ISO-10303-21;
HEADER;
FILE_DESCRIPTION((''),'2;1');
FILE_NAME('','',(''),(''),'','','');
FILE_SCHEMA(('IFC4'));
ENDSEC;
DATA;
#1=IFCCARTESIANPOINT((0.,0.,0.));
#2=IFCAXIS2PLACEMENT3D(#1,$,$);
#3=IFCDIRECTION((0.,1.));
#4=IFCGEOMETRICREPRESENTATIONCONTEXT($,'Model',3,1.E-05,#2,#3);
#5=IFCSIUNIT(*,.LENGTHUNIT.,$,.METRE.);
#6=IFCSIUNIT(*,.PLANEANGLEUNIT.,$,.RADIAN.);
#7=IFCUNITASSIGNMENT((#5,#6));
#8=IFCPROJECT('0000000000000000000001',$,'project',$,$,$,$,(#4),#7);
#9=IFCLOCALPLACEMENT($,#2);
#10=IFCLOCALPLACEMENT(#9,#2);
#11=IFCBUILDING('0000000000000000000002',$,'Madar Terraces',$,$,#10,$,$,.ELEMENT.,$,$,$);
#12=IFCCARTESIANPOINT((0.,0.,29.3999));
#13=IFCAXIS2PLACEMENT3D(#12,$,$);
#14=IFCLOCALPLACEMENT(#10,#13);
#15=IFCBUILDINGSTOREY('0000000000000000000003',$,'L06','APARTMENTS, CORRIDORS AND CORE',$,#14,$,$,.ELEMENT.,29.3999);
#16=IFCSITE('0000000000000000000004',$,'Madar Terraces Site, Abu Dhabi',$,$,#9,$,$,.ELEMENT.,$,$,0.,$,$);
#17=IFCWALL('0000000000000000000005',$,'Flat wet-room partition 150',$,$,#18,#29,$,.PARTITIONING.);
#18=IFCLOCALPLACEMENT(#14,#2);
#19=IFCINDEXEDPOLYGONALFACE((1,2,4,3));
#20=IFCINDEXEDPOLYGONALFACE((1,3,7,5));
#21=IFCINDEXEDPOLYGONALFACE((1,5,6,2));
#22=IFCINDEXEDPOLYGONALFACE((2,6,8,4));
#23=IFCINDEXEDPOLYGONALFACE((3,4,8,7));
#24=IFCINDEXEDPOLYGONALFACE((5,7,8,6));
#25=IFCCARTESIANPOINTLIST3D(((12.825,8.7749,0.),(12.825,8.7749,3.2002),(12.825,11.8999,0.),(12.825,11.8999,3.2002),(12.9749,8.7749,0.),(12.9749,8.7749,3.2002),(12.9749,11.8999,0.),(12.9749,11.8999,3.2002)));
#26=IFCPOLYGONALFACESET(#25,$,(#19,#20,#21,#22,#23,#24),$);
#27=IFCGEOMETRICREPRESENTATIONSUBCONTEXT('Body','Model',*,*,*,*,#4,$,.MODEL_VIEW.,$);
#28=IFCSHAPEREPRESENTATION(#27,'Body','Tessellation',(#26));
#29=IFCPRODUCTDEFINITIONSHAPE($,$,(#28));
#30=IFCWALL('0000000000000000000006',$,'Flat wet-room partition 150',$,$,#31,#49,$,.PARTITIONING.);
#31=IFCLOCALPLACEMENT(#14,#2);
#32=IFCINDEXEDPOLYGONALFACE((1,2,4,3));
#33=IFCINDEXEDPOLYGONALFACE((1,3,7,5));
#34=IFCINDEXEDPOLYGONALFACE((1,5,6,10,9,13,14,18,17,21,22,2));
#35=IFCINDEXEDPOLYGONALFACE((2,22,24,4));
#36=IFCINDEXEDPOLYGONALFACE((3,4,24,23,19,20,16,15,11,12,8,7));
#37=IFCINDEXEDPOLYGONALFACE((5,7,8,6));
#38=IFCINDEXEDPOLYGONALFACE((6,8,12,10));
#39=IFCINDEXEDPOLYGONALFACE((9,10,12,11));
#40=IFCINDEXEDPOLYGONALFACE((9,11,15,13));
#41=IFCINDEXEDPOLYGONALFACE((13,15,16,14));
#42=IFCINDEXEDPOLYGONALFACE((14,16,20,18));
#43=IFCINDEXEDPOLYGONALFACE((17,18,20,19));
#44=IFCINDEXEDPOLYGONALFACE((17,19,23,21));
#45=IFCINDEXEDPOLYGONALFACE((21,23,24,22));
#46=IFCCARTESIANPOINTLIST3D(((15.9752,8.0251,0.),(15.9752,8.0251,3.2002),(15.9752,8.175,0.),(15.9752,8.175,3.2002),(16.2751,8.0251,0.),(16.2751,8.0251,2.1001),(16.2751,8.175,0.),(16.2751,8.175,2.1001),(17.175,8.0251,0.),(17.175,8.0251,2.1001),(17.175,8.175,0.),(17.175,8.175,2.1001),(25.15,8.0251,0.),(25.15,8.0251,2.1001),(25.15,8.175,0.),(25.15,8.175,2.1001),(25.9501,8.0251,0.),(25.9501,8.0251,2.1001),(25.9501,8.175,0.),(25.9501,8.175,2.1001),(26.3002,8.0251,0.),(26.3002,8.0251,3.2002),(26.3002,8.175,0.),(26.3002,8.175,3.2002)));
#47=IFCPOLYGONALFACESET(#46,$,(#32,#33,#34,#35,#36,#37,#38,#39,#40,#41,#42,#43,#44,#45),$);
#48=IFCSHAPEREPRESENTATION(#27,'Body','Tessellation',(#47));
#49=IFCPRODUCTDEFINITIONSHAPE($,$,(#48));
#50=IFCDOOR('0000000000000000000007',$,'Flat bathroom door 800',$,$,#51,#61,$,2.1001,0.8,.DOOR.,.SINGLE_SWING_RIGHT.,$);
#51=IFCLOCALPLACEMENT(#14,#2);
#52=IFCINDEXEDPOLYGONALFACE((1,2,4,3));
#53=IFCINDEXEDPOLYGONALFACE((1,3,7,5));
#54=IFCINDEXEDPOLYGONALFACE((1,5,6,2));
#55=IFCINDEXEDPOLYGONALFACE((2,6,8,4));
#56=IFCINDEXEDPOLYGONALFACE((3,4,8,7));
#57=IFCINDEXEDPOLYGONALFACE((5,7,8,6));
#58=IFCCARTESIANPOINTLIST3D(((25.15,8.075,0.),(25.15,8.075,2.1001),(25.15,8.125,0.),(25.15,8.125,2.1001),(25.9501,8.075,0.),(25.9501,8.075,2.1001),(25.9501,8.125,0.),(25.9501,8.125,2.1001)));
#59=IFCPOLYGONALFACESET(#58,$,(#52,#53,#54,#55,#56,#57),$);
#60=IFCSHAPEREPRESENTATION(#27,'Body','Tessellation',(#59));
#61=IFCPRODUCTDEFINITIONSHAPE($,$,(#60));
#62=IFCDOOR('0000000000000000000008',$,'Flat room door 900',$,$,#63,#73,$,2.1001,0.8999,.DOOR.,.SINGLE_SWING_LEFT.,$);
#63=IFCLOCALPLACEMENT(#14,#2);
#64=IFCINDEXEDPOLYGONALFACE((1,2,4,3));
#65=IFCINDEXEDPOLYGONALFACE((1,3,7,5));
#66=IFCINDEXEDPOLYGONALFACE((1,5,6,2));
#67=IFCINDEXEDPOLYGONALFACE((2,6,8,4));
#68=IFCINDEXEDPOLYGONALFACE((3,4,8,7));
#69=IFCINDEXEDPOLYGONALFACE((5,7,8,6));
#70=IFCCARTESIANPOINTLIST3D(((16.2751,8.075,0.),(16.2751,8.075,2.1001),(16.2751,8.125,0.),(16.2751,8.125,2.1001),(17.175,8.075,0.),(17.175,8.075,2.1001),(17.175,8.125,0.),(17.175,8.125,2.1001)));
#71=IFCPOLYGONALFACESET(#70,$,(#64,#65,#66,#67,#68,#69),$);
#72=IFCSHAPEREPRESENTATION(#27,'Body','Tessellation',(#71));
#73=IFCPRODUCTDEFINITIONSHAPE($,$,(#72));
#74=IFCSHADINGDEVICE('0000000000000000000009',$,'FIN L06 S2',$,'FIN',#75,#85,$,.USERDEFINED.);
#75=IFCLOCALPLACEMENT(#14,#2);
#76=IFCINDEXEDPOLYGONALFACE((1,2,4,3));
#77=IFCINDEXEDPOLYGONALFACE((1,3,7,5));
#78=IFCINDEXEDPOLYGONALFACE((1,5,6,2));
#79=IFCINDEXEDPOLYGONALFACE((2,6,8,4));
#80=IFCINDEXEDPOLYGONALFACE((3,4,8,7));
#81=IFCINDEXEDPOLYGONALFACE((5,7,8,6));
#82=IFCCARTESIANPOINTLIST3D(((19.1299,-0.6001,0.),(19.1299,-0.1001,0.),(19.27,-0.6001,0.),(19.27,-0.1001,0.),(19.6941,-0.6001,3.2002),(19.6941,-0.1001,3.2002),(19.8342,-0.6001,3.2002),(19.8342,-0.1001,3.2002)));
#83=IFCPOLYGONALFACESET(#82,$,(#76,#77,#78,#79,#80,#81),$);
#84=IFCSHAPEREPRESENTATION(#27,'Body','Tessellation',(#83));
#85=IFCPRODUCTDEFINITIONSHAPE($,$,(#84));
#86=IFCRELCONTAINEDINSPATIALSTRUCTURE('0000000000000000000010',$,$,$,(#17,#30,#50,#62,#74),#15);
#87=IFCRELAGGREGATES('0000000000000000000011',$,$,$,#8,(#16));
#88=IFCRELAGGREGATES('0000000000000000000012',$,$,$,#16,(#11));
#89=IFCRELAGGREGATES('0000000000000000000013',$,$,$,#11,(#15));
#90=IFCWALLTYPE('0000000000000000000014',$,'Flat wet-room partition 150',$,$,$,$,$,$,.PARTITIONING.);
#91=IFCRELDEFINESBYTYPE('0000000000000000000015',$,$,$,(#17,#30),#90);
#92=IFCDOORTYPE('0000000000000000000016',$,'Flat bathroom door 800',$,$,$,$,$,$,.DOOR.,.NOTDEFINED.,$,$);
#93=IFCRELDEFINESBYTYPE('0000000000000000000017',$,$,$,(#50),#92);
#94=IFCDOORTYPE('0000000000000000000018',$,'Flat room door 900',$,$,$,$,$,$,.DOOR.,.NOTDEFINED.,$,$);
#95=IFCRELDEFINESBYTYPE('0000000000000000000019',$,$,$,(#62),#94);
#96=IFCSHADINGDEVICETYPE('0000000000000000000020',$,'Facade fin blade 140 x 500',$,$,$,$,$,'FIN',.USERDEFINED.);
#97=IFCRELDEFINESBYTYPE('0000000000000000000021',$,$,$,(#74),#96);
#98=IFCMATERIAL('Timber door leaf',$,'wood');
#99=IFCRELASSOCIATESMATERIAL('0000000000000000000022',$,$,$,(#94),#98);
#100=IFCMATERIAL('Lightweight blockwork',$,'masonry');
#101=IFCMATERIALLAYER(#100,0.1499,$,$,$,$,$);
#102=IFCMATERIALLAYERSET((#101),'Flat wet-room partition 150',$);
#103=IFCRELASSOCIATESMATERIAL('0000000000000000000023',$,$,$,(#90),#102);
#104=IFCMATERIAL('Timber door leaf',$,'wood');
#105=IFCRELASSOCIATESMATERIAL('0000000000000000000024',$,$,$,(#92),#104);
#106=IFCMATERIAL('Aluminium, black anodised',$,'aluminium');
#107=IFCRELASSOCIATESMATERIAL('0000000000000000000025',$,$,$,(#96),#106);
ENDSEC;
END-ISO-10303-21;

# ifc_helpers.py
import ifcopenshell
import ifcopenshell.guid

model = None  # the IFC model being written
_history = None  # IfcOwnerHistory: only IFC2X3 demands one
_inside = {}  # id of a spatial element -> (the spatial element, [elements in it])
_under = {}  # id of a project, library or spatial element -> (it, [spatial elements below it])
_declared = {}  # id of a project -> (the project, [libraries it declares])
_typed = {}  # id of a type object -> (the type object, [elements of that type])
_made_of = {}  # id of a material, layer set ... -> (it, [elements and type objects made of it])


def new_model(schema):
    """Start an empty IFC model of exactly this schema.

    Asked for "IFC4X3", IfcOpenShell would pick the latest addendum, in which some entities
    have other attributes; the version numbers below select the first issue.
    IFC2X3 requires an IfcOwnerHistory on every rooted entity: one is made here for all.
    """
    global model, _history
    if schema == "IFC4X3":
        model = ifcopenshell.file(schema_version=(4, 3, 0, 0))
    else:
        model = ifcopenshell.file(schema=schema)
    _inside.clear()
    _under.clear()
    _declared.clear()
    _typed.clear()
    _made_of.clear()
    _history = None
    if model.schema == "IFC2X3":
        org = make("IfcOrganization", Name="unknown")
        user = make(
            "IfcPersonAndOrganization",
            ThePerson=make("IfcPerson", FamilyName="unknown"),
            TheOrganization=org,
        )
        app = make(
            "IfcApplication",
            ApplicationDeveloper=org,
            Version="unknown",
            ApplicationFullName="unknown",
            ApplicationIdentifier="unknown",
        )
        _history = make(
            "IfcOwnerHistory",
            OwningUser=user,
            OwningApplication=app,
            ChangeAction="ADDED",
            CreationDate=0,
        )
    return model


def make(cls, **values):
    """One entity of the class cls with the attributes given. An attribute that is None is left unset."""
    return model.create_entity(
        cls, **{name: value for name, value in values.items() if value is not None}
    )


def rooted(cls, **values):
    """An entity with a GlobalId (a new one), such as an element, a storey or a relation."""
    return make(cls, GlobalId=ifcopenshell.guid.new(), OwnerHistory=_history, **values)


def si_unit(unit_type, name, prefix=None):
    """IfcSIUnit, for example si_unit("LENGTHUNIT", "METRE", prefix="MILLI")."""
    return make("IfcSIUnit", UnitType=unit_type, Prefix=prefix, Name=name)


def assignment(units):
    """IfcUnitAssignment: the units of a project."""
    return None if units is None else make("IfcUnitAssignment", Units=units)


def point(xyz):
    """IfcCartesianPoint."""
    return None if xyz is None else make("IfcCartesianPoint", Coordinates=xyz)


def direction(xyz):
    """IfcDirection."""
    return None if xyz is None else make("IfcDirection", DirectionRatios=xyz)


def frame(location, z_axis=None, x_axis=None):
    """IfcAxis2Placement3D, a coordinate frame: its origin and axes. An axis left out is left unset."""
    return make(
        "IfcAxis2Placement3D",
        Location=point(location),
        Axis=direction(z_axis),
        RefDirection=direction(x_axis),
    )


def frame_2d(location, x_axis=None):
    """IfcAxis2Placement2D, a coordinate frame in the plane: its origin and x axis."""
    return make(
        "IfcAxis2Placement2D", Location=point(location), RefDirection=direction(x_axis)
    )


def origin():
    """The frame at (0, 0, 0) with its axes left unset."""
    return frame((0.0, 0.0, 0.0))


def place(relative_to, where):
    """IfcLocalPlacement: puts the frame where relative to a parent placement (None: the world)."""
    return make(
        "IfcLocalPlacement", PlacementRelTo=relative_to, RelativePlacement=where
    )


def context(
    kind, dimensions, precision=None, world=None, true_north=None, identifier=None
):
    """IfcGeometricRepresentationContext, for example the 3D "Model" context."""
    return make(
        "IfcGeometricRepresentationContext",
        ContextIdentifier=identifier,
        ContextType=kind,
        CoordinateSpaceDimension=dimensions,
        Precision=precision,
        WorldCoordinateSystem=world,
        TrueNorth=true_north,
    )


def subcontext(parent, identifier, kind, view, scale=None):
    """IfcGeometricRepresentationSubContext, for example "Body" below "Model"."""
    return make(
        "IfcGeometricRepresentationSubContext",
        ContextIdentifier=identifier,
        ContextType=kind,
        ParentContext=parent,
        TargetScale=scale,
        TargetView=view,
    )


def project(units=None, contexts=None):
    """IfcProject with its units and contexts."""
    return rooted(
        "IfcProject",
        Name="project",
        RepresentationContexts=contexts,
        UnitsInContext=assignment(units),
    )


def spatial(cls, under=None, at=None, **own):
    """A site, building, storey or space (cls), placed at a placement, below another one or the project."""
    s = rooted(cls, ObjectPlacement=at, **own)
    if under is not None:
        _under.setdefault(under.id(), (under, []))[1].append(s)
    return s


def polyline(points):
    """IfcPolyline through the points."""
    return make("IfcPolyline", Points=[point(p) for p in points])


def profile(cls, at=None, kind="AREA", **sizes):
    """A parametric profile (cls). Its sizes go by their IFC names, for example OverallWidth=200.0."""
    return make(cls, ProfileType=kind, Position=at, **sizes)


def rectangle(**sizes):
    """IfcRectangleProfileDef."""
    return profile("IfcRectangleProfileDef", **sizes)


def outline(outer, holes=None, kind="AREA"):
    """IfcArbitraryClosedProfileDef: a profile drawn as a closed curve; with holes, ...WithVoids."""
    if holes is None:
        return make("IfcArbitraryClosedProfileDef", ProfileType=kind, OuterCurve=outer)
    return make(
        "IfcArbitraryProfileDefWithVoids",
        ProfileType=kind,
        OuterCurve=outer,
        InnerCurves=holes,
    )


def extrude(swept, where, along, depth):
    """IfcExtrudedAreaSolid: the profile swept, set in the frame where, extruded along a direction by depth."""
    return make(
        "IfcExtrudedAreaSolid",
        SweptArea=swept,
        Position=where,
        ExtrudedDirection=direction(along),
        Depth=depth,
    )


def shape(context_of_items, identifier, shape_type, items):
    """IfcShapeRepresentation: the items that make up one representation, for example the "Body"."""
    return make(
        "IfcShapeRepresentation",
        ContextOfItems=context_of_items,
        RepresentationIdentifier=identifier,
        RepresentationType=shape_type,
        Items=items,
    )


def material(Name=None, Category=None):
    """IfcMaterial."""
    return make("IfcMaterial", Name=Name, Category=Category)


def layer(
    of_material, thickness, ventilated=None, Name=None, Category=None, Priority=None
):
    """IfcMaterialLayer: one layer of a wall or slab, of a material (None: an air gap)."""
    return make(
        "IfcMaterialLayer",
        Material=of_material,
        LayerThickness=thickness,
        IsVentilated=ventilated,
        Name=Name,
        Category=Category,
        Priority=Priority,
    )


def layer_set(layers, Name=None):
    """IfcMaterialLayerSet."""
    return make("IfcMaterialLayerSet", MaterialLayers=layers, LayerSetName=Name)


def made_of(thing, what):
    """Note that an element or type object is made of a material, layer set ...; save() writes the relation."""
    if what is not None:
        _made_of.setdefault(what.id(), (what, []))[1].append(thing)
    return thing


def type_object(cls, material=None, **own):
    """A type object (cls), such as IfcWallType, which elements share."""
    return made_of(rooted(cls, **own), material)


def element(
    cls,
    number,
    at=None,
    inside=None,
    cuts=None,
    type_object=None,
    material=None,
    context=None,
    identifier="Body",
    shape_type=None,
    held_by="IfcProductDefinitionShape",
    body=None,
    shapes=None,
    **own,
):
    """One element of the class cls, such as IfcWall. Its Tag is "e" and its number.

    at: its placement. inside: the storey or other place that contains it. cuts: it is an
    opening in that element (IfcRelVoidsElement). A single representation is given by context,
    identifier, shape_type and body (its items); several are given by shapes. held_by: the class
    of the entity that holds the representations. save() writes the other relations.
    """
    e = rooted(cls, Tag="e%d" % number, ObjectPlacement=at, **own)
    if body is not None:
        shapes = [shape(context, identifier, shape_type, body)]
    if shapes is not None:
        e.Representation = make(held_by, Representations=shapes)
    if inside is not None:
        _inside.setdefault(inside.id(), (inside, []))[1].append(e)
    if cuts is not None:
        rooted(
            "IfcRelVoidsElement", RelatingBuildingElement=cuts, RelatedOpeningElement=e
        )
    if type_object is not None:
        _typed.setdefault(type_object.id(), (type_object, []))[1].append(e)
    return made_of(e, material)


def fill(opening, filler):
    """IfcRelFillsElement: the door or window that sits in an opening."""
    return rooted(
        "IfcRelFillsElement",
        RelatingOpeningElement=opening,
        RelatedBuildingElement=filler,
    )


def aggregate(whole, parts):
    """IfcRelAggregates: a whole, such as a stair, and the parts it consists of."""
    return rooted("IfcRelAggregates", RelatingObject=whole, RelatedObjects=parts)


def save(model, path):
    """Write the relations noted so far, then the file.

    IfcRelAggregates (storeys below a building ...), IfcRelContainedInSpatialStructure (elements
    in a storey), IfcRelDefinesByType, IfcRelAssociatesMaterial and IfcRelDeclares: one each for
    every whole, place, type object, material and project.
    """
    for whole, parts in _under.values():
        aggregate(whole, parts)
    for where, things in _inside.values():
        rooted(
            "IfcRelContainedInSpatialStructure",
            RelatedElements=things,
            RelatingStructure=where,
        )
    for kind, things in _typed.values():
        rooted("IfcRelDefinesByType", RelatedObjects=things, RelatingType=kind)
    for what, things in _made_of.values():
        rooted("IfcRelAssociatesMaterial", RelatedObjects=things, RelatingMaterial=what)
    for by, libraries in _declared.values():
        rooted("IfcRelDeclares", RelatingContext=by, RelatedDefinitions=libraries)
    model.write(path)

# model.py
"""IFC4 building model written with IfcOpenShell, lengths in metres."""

from ifc_helpers import new_model, si_unit, direction, frame, frame_2d, origin, place, context, subcontext, project, spatial, polyline, rectangle, outline, extrude, material, layer, layer_set, type_object, element, fill, save


model = new_model("IFC4")

# Units and contexts
model_context = context("Model", 3, precision=1e-05, world=origin(), true_north=direction((0.0, 1.0)))
body_context = subcontext(model_context, "Body", "Model", "MODEL_VIEW")
ifc_project = project(units=[si_unit("LENGTHUNIT", "METRE"), si_unit("PLANEANGLEUNIT", "RADIAN")], contexts=[model_context])

# Site, building, storey
site_placement = place(None, origin())
site = spatial("IfcSite", under=ifc_project, at=site_placement, Name="Madar Terraces Site, Abu Dhabi", CompositionType="ELEMENT", RefElevation=0.0)
building_placement = place(site_placement, origin())
building = spatial("IfcBuilding", under=site, at=building_placement, Name="Madar Terraces", CompositionType="ELEMENT")
storey_placement = place(building_placement, frame((0.0, 0.0, 29.3999)))
storey = spatial("IfcBuildingStorey", under=building, at=storey_placement, Name="L06", Description="APARTMENTS, CORRIDORS AND CORE", CompositionType="ELEMENT", Elevation=29.3999)

# Shared definitions
ifc_material_1 = material(Name="Timber door leaf", Category="wood")
door_type_1 = type_object("IfcDoorType", Name="Flat room door 900", OperationType="NOTDEFINED", PredefinedType="DOOR", material=ifc_material_1)

# Wall
ifc_material_2 = material(Name="Lightweight blockwork", Category="masonry")
ifc_layer_1 = layer(ifc_material_2, 0.1499)
ifc_layer_set_1 = layer_set([ifc_layer_1], Name="Flat wet-room partition 150")
wall_type_1 = type_object("IfcWallType", Name="Flat wet-room partition 150", PredefinedType="PARTITIONING", material=ifc_layer_set_1)
wall_1_placement = place(storey_placement, frame((12.8999, 11.8999, 0.0), z_axis=(0.0, 0.0, 1.0), x_axis=(0.0, -1.0, 0.0)))
element("IfcWall", 1, at=wall_1_placement, inside=storey, type_object=wall_type_1, Name="Flat wet-room partition 150", PredefinedType="PARTITIONING", context=body_context, shape_type="SweptSolid", body=[
    extrude(rectangle(XDim=3.125, YDim=0.1499, at=frame_2d((1.5625, 0.0))), origin(), (0.0, 0.0, 1.0), 3.2002),
])

# Wall, openings, doors
wall_2_placement = place(storey_placement, frame((15.9751, 8.1001, 0.0), z_axis=(0.0, 0.0, 1.0), x_axis=(1.0, 0.0, 0.0)))
wall_2 = element("IfcWall", 2, at=wall_2_placement, inside=storey, type_object=wall_type_1, Name="Flat wet-room partition 150", PredefinedType="PARTITIONING", context=body_context, shape_type="SweptSolid", body=[
    extrude(rectangle(XDim=10.325, YDim=0.1499, at=frame_2d((5.1626, 0.0))), origin(), (0.0, 0.0, 1.0), 3.2002),
])
opening_1_placement = place(wall_2_placement, frame((0.3, 0.0, 0.0)))
opening_1 = element("IfcOpeningElement", 3, at=opening_1_placement, cuts=wall_2, PredefinedType="OPENING", context=body_context, shape_type="SweptSolid", body=[
    extrude(rectangle(XDim=0.8999, YDim=2.1001, at=frame_2d((0.45, 1.05))), frame((0.0, 0.085, 0.0), z_axis=(0.0, -1.0, 0.0), x_axis=(1.0, 0.0, 0.0)), (0.0, 0.0, 1.0), 0.1699),
])
opening_2_placement = place(wall_2_placement, frame((9.175, 0.0, 0.0)))
opening_2 = element("IfcOpeningElement", 4, at=opening_2_placement, cuts=wall_2, PredefinedType="OPENING", context=body_context, shape_type="SweptSolid", body=[
    extrude(rectangle(XDim=0.8, YDim=2.1001, at=frame_2d((0.3999, 1.05))), frame((0.0, 0.085, 0.0), z_axis=(0.0, -1.0, 0.0), x_axis=(1.0, 0.0, 0.0)), (0.0, 0.0, 1.0), 0.1699),
])
ifc_material_3 = material(Name="Timber door leaf", Category="wood")
door_type_2 = type_object("IfcDoorType", Name="Flat bathroom door 800", OperationType="NOTDEFINED", PredefinedType="DOOR", material=ifc_material_3)
door_1_placement = place(opening_2_placement, origin())
door_1 = element("IfcDoor", 5, at=door_1_placement, inside=storey, type_object=door_type_2, Name="Flat bathroom door 800", OperationType="SINGLE_SWING_RIGHT", OverallHeight=2.1001, OverallWidth=0.8, PredefinedType="DOOR", context=body_context, shape_type="SweptSolid", body=[
    extrude(rectangle(XDim=0.8, YDim=2.1001, at=frame_2d((0.3999, 1.05))), frame((0.0, 0.0249, 0.0), z_axis=(0.0, -1.0, 0.0), x_axis=(1.0, 0.0, 0.0)), (0.0, 0.0, 1.0), 0.05),
])
fill(opening_2, door_1)
door_2_placement = place(opening_1_placement, origin())
door_2 = element("IfcDoor", 6, at=door_2_placement, inside=storey, type_object=door_type_1, Name="Flat room door 900", OperationType="SINGLE_SWING_LEFT", OverallHeight=2.1001, OverallWidth=0.8999, PredefinedType="DOOR", context=body_context, shape_type="SweptSolid", body=[
    extrude(rectangle(XDim=0.8999, YDim=2.1001, at=frame_2d((0.45, 1.05))), frame((0.0, 0.0249, 0.0), z_axis=(0.0, -1.0, 0.0), x_axis=(1.0, 0.0, 0.0)), (0.0, 0.0, 1.0), 0.05),
])
fill(opening_1, door_2)

# Shading device
ifc_material_4 = material(Name="Aluminium, black anodised", Category="aluminium")
shading_device_type = type_object("IfcShadingDeviceType", Name="Facade fin blade 140 x 500", ElementType="FIN", PredefinedType="USERDEFINED", material=ifc_material_4)
shading_device_placement = place(storey_placement, frame((19.1299, -0.3501, 0.0), z_axis=(0.0, 0.0, 1.0), x_axis=(1.0, 0.0, 0.0)))
element("IfcShadingDevice", 7, at=shading_device_placement, inside=storey, type_object=shading_device_type, Name="FIN L06 S2", ObjectType="FIN", PredefinedType="USERDEFINED", context=body_context, shape_type="SweptSolid", body=[
    extrude(outline(polyline([(0.0, 0.0), (0.1401, 0.0), (0.7043, 3.2002), (0.5642, 3.2002), (0.0, 0.0)])), frame((0.0, 0.25, 0.0), z_axis=(0.0, -1.0, 0.0), x_axis=(1.0, 0.0, 0.0)), (0.0, 0.0, 1.0), 0.5),
])

save(model, "model.ifc")
